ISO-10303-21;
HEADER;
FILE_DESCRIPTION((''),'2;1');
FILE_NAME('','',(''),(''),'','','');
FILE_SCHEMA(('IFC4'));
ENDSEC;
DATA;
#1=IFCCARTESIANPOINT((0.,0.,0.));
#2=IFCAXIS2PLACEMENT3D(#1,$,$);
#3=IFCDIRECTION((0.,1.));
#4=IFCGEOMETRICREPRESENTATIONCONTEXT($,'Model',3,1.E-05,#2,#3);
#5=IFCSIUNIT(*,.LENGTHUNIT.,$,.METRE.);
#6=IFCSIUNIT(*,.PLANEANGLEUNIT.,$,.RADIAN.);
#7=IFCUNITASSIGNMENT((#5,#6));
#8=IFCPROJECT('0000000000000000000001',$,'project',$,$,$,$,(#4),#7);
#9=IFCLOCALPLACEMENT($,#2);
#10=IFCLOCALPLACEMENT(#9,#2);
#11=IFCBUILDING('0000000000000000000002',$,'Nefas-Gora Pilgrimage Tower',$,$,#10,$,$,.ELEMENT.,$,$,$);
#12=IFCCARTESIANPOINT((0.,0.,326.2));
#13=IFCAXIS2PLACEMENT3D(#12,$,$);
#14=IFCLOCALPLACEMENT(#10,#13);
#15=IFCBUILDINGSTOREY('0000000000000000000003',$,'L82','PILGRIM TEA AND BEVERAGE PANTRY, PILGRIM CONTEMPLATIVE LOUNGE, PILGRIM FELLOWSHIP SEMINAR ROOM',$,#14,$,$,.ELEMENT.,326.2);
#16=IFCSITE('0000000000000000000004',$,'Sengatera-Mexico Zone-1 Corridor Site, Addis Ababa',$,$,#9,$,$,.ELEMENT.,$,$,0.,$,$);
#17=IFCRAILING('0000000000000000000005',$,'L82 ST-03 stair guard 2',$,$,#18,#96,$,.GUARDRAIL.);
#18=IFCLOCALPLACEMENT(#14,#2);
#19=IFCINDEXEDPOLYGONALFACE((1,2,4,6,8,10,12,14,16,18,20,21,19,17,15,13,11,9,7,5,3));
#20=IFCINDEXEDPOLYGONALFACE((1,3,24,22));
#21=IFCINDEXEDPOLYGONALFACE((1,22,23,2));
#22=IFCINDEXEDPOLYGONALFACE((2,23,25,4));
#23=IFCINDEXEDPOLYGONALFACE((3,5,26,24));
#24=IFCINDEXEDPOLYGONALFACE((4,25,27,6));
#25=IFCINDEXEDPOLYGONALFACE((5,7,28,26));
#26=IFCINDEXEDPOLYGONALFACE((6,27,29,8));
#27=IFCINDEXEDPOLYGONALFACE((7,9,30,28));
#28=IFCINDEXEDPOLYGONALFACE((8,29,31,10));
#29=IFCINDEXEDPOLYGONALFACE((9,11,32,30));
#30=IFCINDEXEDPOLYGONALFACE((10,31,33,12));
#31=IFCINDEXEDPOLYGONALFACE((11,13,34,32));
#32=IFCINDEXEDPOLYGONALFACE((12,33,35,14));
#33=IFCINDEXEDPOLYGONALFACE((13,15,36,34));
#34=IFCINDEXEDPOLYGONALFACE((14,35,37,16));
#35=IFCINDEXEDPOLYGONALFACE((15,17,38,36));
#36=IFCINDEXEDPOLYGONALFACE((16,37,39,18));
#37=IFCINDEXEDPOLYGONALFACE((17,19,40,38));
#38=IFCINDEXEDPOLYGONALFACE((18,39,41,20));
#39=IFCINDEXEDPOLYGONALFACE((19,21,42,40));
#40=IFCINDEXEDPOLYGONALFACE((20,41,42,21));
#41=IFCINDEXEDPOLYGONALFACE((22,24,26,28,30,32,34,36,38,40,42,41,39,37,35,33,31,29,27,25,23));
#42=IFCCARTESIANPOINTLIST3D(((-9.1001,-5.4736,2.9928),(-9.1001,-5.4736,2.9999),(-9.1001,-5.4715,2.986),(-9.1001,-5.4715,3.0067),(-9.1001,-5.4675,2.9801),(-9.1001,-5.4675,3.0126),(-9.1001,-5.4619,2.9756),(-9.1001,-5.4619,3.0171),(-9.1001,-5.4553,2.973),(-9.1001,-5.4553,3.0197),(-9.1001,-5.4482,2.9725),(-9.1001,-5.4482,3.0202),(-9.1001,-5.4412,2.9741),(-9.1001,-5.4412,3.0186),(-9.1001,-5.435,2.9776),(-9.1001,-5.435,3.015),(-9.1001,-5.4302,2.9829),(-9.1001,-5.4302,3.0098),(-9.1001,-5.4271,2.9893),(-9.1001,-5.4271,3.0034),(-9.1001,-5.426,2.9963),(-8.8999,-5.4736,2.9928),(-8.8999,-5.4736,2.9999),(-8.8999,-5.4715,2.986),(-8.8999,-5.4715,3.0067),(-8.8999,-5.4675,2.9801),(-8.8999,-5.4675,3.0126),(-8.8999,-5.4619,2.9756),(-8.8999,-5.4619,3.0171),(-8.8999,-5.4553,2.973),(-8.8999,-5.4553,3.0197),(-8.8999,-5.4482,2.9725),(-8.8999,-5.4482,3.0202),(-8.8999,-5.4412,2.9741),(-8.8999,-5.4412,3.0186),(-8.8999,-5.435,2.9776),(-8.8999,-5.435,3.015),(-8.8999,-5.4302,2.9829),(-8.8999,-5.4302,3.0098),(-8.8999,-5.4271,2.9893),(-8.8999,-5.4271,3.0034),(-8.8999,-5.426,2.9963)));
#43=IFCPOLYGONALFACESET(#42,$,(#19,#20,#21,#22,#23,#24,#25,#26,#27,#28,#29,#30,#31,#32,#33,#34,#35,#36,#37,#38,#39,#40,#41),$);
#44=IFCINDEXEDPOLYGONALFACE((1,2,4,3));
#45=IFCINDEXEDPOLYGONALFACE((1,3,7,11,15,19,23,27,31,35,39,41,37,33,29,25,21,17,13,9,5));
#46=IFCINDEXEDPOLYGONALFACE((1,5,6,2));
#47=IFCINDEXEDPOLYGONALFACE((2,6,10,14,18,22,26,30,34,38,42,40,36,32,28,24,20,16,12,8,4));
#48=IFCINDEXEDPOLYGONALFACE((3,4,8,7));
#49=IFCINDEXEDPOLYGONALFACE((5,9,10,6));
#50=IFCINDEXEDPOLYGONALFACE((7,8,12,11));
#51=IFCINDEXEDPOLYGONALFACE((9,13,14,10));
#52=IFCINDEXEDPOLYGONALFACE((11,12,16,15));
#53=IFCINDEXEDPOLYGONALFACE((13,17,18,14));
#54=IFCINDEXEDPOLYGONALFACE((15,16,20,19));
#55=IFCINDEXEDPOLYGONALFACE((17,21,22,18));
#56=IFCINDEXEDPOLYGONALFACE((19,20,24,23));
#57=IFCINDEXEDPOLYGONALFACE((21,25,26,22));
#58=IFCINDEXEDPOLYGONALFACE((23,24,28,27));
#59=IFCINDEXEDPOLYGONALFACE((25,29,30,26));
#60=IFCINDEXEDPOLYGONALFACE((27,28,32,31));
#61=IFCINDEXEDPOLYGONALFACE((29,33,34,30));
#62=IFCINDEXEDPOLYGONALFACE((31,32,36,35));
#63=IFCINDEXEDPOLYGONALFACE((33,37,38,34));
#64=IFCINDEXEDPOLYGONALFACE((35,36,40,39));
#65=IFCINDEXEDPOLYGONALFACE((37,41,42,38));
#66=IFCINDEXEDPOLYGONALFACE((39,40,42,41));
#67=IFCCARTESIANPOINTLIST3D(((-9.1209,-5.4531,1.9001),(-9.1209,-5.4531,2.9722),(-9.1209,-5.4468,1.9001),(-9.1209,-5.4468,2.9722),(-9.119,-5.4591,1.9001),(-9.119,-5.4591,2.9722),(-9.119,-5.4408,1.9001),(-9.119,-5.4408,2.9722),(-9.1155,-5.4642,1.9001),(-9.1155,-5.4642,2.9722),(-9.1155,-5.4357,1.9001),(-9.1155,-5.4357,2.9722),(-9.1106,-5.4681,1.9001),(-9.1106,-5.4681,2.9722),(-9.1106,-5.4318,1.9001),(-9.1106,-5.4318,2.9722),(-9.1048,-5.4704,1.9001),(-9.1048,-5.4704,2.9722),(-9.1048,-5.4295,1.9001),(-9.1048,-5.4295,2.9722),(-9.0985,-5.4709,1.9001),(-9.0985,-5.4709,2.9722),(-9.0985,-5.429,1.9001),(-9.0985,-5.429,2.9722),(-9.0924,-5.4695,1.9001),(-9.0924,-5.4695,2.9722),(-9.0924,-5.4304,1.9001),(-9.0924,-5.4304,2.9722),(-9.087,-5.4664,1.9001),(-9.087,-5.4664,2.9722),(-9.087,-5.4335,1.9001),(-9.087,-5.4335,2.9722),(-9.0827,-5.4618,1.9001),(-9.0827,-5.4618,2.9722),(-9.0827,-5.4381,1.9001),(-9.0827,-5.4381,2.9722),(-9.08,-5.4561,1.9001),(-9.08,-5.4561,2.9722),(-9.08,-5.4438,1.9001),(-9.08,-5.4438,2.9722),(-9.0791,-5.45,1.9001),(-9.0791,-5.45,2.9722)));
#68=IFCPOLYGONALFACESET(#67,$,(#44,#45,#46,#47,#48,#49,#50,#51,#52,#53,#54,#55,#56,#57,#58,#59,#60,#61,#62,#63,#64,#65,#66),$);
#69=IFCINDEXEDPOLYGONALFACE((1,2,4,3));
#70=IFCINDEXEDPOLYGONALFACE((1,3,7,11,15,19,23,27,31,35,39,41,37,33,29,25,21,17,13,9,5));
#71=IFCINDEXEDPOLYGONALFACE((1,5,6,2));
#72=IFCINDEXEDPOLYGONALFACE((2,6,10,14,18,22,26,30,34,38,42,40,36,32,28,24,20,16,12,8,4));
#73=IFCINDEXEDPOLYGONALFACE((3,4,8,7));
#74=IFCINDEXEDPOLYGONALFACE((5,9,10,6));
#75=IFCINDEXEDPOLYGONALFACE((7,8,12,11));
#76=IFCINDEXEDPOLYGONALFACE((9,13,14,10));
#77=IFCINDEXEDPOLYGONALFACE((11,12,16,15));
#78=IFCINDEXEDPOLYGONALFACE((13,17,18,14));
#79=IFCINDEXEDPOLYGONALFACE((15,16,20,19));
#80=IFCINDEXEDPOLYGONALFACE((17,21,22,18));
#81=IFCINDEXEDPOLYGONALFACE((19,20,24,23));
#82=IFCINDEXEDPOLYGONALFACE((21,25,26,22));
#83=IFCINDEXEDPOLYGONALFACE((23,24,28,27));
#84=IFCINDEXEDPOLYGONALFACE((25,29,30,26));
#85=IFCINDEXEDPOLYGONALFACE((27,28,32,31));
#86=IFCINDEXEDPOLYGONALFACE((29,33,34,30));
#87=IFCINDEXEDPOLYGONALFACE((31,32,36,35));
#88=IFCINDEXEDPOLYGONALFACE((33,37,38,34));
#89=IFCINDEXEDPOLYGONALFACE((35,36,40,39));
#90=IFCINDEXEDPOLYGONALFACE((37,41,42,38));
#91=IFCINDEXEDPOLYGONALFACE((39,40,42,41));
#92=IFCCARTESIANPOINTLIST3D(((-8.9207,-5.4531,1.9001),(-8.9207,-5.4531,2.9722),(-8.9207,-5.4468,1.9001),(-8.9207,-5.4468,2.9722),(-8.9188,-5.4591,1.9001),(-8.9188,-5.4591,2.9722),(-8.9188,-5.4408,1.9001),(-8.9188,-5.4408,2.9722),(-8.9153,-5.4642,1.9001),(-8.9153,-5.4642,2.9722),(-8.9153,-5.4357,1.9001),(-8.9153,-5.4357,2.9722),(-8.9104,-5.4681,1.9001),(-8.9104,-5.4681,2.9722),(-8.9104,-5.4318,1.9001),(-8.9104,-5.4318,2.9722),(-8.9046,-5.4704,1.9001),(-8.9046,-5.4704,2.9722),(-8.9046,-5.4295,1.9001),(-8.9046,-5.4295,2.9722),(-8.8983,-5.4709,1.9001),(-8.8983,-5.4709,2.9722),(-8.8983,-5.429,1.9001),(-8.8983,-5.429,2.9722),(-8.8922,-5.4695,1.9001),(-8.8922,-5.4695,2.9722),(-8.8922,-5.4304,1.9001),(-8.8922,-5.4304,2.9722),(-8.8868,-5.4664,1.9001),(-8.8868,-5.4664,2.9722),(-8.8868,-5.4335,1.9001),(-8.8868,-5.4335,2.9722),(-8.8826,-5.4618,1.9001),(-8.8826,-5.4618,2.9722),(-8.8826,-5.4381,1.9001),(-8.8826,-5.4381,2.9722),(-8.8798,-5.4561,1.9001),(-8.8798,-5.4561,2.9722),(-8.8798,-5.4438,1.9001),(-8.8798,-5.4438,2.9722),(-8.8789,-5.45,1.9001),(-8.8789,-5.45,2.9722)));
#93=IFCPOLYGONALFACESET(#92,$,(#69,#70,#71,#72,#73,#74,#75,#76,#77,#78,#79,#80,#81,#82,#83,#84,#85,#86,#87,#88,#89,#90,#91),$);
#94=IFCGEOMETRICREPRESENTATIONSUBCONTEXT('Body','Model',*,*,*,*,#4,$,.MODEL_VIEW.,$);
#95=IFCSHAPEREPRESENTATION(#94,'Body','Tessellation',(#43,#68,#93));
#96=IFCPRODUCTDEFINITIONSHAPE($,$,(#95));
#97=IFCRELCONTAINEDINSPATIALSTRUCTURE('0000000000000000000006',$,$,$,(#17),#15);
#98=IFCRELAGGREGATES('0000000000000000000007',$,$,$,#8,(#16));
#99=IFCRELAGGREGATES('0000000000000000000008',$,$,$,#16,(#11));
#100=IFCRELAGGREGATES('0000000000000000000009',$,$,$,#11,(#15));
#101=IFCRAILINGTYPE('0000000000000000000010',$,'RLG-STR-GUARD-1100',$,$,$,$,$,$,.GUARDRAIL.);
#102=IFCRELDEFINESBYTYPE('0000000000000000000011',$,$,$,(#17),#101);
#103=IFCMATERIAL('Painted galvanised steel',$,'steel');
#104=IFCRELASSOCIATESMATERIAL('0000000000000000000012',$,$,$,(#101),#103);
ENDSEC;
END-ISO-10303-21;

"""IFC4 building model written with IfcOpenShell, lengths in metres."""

from ifc_helpers import new_model, si_unit, direction, frame, origin, origin_2d, place, context, subcontext, project, spatial, circle, extrude, material, type_object, element, save


model = new_model("IFC4")

# Units and contexts
model_context = context("Model", 3, precision=1e-05, world=origin(), true_north=direction((0.0, 1.0)))
body_context = subcontext(model_context, "Body", "Model", "MODEL_VIEW")
ifc_project = project(units=[si_unit("LENGTHUNIT", "METRE"), si_unit("PLANEANGLEUNIT", "RADIAN")], contexts=[model_context])

# Site, building, storey
site_placement = place(None, origin())
site = spatial("IfcSite", under=ifc_project, at=site_placement, Name="Sengatera-Mexico Zone-1 Corridor Site, Addis Ababa", CompositionType="ELEMENT", RefElevation=0.0)
building_placement = place(site_placement, origin())
building = spatial("IfcBuilding", under=site, at=building_placement, Name="Nefas-Gora Pilgrimage Tower", CompositionType="ELEMENT")
storey_placement = place(building_placement, frame((0.0, 0.0, 326.2)))
storey = spatial("IfcBuildingStorey", under=building, at=storey_placement, Name="L82", Description="PILGRIM TEA AND BEVERAGE PANTRY, PILGRIM CONTEMPLATIVE LOUNGE, PILGRIM FELLOWSHIP SEMINAR ROOM", CompositionType="ELEMENT", Elevation=326.2)

# Railing
ifc_material_1 = material(Name="Painted galvanised steel", Category="steel")
railing_type_1 = type_object("IfcRailingType", Name="RLG-STR-GUARD-1100", PredefinedType="GUARDRAIL", material=ifc_material_1)
railing_1_placement = place(storey_placement, frame((-9.1001, -5.45, 1.9001)))
element("IfcRailing", 1, at=railing_1_placement, inside=storey, type_object=railing_type_1, Name="L82 ST-03 stair guard 2", PredefinedType="GUARDRAIL", context=body_context, shape_type="SweptSolid", body=[
    extrude(circle(Radius=0.0239, at=origin_2d()), frame((0.0, 0.0, 1.0962), z_axis=(1.0, 0.0, 0.0), x_axis=(0.0, 1.0, 0.0)), (0.0, 0.0, 1.0), 0.2002),
    extrude(circle(Radius=0.021, at=origin_2d()), origin(), (0.0, 0.0, 1.0), 1.072),
    extrude(circle(Radius=0.021, at=origin_2d()), frame((0.2002, 0.0, 0.0)), (0.0, 0.0, 1.0), 1.072),
])

save(model, "model.ifc")
